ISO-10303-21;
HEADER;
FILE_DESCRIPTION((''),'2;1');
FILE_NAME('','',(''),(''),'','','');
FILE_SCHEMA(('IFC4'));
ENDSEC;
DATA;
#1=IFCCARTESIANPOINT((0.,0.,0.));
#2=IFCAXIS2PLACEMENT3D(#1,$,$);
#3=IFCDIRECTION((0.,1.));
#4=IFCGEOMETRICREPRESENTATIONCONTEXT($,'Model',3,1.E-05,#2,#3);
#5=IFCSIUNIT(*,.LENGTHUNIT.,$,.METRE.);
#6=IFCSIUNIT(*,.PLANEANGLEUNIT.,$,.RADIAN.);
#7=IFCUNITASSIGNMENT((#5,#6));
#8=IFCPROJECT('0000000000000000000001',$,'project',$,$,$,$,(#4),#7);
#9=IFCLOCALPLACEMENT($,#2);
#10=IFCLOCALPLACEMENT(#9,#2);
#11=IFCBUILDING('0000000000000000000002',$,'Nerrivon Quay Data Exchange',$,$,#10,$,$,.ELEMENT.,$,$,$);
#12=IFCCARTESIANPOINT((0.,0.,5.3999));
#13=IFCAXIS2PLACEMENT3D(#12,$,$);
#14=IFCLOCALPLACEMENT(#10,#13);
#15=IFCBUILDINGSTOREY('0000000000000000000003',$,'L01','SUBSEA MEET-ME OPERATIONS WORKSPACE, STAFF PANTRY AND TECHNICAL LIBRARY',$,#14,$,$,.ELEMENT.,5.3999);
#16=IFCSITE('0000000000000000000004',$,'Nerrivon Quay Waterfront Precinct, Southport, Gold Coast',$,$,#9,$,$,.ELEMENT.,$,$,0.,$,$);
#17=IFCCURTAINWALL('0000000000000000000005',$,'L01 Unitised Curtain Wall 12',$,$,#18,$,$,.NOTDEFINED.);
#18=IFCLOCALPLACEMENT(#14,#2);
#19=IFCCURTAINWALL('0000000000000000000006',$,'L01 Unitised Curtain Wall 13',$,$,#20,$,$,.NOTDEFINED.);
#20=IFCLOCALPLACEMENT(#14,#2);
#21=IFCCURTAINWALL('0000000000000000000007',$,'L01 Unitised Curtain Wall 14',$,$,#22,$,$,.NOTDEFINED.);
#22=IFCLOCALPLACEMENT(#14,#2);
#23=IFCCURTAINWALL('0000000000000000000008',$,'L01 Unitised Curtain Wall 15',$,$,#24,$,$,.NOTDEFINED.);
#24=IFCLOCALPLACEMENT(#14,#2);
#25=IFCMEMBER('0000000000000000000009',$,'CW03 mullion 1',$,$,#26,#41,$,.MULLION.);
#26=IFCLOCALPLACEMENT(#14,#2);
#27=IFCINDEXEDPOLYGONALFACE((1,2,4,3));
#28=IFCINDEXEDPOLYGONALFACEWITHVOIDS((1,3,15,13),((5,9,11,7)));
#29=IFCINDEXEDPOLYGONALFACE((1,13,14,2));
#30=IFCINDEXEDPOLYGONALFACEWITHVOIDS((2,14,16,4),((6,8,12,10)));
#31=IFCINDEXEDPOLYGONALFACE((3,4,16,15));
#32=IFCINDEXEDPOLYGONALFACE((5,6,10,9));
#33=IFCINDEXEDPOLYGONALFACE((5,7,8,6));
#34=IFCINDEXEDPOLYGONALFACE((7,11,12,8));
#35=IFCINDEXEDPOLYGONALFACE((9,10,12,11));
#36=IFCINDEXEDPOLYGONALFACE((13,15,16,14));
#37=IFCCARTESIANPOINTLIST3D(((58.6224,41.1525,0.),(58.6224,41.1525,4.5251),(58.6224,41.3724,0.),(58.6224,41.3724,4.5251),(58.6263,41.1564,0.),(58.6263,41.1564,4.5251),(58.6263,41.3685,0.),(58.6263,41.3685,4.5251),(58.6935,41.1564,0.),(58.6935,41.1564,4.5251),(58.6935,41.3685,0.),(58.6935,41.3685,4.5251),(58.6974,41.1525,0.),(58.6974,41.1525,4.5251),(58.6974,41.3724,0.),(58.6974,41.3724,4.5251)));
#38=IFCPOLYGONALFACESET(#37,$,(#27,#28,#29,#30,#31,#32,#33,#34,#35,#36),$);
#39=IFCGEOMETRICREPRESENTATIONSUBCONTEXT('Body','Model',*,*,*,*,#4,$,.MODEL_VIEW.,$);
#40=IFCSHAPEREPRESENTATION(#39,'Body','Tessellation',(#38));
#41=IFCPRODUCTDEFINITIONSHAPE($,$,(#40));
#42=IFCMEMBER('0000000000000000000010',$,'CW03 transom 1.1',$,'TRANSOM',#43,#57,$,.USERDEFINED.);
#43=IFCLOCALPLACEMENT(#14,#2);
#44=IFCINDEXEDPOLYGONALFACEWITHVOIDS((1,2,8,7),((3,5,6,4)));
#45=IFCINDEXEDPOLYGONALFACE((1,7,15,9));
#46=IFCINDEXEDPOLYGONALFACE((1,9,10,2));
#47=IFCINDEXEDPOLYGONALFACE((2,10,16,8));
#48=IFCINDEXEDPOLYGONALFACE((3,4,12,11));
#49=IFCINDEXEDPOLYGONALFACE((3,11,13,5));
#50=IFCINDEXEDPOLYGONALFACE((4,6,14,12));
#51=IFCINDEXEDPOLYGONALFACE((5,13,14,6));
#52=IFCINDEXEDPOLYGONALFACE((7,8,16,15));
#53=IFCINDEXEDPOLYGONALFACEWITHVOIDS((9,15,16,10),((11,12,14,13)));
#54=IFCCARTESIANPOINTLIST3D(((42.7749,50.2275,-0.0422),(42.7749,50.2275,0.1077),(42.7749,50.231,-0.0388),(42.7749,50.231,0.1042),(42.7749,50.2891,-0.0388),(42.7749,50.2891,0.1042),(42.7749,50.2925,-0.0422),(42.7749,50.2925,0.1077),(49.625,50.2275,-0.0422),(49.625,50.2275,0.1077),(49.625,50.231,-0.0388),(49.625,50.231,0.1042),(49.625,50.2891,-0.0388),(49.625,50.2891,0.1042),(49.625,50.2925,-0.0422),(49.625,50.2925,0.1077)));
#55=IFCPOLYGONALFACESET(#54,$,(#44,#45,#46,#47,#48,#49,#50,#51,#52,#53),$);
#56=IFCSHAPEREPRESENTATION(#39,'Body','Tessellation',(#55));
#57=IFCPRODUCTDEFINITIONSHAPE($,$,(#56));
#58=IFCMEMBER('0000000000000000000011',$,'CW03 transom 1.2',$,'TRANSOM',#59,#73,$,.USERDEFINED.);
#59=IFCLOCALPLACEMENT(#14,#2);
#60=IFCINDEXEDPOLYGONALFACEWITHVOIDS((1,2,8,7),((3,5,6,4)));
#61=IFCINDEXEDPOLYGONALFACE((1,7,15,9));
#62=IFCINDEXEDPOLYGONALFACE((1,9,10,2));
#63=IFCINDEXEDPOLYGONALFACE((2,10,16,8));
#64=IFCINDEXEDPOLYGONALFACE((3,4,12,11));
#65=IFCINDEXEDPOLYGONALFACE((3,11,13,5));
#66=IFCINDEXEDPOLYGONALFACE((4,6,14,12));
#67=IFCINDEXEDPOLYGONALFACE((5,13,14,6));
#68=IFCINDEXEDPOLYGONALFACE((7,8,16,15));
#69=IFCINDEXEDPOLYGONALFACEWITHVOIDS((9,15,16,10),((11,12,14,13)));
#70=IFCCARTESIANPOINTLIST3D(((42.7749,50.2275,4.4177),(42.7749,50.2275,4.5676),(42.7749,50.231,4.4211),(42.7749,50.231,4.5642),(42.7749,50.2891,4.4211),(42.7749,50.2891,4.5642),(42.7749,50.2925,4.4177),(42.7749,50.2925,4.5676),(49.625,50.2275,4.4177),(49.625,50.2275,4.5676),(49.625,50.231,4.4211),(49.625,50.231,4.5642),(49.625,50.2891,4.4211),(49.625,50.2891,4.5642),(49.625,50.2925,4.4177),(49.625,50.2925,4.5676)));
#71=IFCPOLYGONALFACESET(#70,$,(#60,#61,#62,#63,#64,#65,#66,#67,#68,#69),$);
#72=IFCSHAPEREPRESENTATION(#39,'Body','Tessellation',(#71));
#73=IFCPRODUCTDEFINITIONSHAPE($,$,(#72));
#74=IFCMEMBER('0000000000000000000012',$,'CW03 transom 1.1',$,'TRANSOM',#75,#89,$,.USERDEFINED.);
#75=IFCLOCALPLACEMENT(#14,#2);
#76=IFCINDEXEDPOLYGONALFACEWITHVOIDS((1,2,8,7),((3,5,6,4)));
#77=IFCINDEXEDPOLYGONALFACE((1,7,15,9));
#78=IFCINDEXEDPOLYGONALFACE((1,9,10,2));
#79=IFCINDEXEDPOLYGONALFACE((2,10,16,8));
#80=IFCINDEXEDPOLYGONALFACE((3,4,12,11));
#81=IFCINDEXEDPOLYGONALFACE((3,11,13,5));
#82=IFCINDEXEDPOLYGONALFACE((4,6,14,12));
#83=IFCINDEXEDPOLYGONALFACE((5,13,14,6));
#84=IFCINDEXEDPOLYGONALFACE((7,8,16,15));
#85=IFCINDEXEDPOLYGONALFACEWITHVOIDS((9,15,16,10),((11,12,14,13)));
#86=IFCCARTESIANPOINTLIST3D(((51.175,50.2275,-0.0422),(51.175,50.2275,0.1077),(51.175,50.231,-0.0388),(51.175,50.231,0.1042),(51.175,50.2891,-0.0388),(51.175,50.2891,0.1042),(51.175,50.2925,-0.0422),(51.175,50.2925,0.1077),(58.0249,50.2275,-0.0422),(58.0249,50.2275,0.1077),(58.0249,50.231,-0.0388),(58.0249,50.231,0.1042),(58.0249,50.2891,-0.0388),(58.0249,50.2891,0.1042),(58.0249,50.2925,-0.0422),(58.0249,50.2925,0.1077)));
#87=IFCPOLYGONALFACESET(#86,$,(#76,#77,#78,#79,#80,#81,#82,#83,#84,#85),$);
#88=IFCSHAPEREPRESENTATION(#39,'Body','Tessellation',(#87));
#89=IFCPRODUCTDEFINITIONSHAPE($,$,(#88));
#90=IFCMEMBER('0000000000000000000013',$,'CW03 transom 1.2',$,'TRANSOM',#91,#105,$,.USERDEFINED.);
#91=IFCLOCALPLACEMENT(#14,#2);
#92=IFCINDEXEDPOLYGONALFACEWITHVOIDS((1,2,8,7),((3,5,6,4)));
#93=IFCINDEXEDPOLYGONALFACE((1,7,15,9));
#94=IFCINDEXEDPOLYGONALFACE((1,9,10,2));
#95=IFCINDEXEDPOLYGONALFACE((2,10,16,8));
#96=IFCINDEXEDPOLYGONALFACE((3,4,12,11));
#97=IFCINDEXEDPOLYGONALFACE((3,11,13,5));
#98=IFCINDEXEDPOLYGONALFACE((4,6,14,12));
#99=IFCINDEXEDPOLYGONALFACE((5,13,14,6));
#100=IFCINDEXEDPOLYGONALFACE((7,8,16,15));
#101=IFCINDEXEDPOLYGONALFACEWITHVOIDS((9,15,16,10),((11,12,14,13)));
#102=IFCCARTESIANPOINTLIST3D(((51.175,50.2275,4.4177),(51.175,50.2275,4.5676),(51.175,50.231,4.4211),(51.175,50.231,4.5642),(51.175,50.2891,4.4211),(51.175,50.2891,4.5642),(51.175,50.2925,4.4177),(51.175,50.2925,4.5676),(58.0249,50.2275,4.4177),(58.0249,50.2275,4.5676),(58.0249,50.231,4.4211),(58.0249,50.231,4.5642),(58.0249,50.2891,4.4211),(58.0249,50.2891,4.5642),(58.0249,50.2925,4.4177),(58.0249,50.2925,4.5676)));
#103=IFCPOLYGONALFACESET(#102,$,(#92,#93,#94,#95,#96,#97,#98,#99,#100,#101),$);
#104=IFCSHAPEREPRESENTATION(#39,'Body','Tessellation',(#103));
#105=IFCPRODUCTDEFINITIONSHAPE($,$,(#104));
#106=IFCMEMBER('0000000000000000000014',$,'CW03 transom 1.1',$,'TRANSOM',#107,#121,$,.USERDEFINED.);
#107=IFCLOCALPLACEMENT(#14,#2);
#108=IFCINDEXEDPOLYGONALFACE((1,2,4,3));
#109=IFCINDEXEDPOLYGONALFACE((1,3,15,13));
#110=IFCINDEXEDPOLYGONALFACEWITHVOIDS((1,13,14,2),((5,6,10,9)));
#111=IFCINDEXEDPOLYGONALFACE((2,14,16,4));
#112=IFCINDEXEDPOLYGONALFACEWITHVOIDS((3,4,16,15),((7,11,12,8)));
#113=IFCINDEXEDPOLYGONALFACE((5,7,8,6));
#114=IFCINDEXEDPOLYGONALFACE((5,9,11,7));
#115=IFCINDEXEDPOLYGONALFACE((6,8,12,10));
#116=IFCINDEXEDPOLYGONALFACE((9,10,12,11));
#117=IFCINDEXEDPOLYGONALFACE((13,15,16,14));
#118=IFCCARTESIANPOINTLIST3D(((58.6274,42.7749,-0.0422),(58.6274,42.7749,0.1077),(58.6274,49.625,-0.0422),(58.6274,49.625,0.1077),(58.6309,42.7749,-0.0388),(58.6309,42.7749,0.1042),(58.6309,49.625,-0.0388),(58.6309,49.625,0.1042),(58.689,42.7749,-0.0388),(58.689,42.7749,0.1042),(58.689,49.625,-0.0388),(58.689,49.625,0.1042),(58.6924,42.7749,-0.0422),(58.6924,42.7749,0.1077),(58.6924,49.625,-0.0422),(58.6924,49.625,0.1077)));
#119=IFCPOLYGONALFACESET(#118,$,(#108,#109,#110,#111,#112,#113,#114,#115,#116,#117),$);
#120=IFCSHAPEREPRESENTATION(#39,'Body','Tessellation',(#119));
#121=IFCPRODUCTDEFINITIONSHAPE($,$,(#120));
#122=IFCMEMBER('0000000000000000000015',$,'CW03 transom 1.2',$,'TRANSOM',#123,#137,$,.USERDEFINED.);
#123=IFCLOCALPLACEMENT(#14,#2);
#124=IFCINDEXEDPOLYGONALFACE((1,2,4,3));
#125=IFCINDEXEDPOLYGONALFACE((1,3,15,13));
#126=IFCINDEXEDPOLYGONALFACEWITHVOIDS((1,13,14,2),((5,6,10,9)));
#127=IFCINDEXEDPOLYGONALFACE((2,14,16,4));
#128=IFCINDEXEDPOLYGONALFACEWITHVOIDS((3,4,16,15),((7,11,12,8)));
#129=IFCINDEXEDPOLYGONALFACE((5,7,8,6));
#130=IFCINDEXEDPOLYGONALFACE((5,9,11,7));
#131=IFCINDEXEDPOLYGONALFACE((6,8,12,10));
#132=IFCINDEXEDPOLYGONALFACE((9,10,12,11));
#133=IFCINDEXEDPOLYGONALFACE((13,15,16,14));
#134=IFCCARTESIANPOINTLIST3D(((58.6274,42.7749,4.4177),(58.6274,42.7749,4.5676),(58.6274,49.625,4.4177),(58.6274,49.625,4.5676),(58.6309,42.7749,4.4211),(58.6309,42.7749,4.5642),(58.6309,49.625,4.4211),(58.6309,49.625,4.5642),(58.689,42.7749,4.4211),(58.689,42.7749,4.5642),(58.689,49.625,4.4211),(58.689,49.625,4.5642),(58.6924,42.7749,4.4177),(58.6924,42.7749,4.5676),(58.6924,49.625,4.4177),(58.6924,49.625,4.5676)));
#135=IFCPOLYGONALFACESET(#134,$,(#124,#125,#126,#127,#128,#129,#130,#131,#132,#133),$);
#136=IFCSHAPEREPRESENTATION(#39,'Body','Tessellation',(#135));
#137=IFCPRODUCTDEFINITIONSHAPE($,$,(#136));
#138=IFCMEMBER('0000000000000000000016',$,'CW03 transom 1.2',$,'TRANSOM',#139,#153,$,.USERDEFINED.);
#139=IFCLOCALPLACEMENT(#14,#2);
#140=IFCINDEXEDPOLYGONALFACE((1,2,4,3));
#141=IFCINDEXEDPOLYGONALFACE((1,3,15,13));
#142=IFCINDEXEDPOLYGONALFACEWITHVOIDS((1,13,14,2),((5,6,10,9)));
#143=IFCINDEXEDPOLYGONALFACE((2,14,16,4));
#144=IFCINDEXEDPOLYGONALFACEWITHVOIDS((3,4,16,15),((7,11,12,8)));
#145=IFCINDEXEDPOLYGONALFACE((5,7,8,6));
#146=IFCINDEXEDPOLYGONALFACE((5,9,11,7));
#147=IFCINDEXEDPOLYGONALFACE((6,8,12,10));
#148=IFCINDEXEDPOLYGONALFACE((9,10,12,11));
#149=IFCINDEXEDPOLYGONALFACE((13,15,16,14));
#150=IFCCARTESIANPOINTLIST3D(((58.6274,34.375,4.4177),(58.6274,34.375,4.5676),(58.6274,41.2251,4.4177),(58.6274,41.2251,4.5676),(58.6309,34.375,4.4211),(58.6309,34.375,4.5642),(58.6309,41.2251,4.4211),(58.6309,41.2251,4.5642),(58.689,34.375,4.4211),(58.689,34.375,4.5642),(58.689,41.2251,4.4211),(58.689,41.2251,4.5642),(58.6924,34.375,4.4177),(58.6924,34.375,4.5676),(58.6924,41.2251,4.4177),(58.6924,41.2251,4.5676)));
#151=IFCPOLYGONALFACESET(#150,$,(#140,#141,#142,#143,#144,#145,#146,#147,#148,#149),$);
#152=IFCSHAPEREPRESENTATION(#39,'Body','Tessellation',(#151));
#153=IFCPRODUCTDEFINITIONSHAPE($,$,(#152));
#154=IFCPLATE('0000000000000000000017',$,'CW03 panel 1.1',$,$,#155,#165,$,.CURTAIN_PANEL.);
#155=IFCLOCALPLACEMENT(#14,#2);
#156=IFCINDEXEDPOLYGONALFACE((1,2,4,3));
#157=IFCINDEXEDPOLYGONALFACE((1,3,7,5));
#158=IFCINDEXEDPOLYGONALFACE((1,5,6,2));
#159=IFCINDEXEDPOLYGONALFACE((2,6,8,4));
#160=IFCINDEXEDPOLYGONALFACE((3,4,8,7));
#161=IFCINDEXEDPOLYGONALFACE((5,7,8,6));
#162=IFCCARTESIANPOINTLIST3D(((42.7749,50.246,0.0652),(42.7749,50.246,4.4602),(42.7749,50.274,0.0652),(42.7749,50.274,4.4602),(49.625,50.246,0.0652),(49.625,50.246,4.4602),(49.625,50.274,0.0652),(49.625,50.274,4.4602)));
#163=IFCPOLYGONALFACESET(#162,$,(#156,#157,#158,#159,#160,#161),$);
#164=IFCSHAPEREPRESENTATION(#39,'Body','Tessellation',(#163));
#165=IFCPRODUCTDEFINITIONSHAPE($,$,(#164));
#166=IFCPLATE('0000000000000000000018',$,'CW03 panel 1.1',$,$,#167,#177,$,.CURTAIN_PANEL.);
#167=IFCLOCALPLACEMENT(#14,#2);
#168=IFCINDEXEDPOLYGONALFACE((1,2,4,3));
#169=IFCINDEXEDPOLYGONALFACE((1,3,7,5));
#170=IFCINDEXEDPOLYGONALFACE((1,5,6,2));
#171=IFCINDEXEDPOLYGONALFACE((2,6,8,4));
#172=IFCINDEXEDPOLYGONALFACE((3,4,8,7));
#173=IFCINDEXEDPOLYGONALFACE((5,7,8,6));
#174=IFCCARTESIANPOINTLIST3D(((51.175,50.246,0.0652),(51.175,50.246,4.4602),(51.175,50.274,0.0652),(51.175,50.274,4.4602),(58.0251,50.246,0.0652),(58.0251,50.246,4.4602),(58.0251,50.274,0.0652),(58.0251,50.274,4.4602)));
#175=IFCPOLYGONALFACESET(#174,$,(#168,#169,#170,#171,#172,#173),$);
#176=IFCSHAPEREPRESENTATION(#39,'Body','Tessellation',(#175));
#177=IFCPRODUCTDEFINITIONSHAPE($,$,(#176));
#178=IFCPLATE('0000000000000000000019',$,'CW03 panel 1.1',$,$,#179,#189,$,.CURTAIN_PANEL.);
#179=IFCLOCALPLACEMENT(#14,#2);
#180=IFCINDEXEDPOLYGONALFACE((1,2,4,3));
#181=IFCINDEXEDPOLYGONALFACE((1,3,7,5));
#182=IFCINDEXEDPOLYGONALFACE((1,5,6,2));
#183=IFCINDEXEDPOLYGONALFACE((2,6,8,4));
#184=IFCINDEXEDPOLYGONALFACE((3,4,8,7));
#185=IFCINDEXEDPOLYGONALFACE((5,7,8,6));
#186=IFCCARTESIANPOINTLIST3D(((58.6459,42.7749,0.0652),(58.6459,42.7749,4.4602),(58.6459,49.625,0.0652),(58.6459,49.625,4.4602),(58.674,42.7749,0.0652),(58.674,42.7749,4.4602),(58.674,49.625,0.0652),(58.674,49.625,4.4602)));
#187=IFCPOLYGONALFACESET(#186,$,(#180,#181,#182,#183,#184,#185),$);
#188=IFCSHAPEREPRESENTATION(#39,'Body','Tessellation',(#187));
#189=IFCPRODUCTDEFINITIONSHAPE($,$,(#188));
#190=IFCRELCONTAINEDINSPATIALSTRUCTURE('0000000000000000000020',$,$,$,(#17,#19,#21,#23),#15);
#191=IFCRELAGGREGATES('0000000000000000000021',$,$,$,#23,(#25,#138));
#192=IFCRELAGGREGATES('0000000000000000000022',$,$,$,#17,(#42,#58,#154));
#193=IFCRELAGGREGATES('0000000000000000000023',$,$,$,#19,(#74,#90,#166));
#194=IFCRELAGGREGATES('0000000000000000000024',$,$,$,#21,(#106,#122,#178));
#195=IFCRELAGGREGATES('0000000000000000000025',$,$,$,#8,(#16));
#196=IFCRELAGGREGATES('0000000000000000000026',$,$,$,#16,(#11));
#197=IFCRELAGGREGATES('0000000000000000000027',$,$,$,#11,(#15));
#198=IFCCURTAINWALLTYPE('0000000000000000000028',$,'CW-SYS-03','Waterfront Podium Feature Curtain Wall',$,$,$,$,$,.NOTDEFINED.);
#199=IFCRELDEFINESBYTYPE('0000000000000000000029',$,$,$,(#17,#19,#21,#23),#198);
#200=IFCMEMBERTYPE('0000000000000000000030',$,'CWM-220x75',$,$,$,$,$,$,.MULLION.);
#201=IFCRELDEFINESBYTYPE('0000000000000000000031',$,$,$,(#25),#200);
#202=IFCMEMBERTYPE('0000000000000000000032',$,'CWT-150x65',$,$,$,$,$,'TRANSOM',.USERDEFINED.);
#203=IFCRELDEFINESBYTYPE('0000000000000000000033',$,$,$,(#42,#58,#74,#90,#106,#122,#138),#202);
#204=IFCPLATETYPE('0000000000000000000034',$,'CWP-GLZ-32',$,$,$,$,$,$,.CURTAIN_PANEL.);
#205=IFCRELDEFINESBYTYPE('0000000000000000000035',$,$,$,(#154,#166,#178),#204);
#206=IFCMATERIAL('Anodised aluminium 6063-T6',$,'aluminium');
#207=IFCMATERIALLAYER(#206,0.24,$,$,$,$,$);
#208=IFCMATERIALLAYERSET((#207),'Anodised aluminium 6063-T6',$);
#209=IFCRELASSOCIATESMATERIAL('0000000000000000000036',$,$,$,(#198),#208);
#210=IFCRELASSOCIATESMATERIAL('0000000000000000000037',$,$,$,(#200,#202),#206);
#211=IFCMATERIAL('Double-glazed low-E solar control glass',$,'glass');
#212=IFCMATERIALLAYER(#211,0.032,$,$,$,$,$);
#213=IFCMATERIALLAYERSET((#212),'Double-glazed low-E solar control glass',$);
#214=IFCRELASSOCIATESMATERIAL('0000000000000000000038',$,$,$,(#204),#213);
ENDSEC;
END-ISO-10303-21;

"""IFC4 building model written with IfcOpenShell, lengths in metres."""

from ifc_helpers import new_model, si_unit, direction, frame, origin, origin_2d, place, context, subcontext, project, spatial, rectangle, hollow_rectangle, extrude, material, layer, layer_set, material_profile, profile_set, type_object, element, aggregate, save


model = new_model("IFC4")

# Units and contexts
model_context = context("Model", 3, precision=1e-05, world=origin(), true_north=direction((0.0, 1.0)))
body_context = subcontext(model_context, "Body", "Model", "MODEL_VIEW")
ifc_project = project(units=[si_unit("LENGTHUNIT", "METRE"), si_unit("PLANEANGLEUNIT", "RADIAN")], contexts=[model_context])

# Site, building, storey
site_placement = place(None, origin())
site = spatial("IfcSite", under=ifc_project, at=site_placement, Name="Nerrivon Quay Waterfront Precinct, Southport, Gold Coast", CompositionType="ELEMENT", RefElevation=0.0)
building_placement = place(site_placement, origin())
building = spatial("IfcBuilding", under=site, at=building_placement, Name="Nerrivon Quay Data Exchange", CompositionType="ELEMENT")
storey_placement = place(building_placement, frame((0.0, 0.0, 5.3999)))
storey = spatial("IfcBuildingStorey", under=building, at=storey_placement, Name="L01", Description="SUBSEA MEET-ME OPERATIONS WORKSPACE, STAFF PANTRY AND TECHNICAL LIBRARY", CompositionType="ELEMENT", Elevation=5.3999)

# Curtain walls
ifc_material_1 = material(Name="Anodised aluminium 6063-T6", Category="aluminium")
ifc_layer_1 = layer(ifc_material_1, 0.24)
ifc_layer_set_1 = layer_set([ifc_layer_1], Name="Anodised aluminium 6063-T6")
curtain_wall_type = type_object("IfcCurtainWallType", Name="CW-SYS-03", Description="Waterfront Podium Feature Curtain Wall", PredefinedType="NOTDEFINED", material=ifc_layer_set_1)
curtain_wall_1_placement = place(storey_placement, origin())
curtain_wall_1 = element("IfcCurtainWall", 1, at=curtain_wall_1_placement, inside=storey, type_object=curtain_wall_type, Name="L01 Unitised Curtain Wall 12", PredefinedType="NOTDEFINED")
ifc_material_profile_1 = material_profile(ifc_material_1, hollow_rectangle(XDim=0.075, YDim=0.22, WallThickness=0.0039, at=origin_2d()), Name="ALU-MULL-220x75")
ifc_profile_set_1 = profile_set([ifc_material_profile_1], Name="Anodised aluminium 6063-T6")
member_type_1 = type_object("IfcMemberType", Name="CWM-220x75", PredefinedType="MULLION", material=ifc_profile_set_1)
curtain_wall_2_placement = place(storey_placement, origin())
curtain_wall_2 = element("IfcCurtainWall", 2, at=curtain_wall_2_placement, inside=storey, type_object=curtain_wall_type, Name="L01 Unitised Curtain Wall 13", PredefinedType="NOTDEFINED")
curtain_wall_3_placement = place(storey_placement, origin())
curtain_wall_3 = element("IfcCurtainWall", 3, at=curtain_wall_3_placement, inside=storey, type_object=curtain_wall_type, Name="L01 Unitised Curtain Wall 14", PredefinedType="NOTDEFINED")

# Curtain wall, member
curtain_wall_4_placement = place(storey_placement, origin())
curtain_wall_4 = element("IfcCurtainWall", 4, at=curtain_wall_4_placement, inside=storey, type_object=curtain_wall_type, Name="L01 Unitised Curtain Wall 15", PredefinedType="NOTDEFINED")
member_1_placement = place(storey_placement, frame((58.6599, 41.2625, 0.0), z_axis=(0.0, 0.0, 1.0), x_axis=(1.0, 0.0, 0.0)))
member_1 = element("IfcMember", 5, at=member_1_placement, type_object=member_type_1, Name="CW03 mullion 1", PredefinedType="MULLION", context=body_context, shape_type="SweptSolid", body=[
    extrude(hollow_rectangle(XDim=0.075, YDim=0.22, WallThickness=0.0039, at=origin_2d()), origin(), (0.0, 0.0, 1.0), 4.5251),
])

# Members
ifc_material_profile_2 = material_profile(ifc_material_1, hollow_rectangle(XDim=0.0649, YDim=0.1499, WallThickness=0.0034, at=origin_2d()), Name="ALU-TRAN-150x65")
ifc_profile_set_2 = profile_set([ifc_material_profile_2], Name="Anodised aluminium 6063-T6")
member_type_2 = type_object("IfcMemberType", Name="CWT-150x65", ElementType="TRANSOM", PredefinedType="USERDEFINED", material=ifc_profile_set_2)
member_2_placement = place(storey_placement, frame((42.7749, 50.26, 0.0327), z_axis=(1.0, 0.0, 0.0), x_axis=(0.0, 1.0, 0.0)))
member_2 = element("IfcMember", 6, at=member_2_placement, type_object=member_type_2, Name="CW03 transom 1.1", ObjectType="TRANSOM", PredefinedType="USERDEFINED", context=body_context, shape_type="SweptSolid", body=[
    extrude(hollow_rectangle(XDim=0.0649, YDim=0.1499, WallThickness=0.0034, at=origin_2d()), origin(), (0.0, 0.0, 1.0), 6.8501),
])
member_3_placement = place(storey_placement, frame((42.7749, 50.26, 4.4927), z_axis=(1.0, 0.0, 0.0), x_axis=(0.0, 1.0, 0.0)))
member_3 = element("IfcMember", 7, at=member_3_placement, type_object=member_type_2, Name="CW03 transom 1.2", ObjectType="TRANSOM", PredefinedType="USERDEFINED", context=body_context, shape_type="SweptSolid", body=[
    extrude(hollow_rectangle(XDim=0.0649, YDim=0.1499, WallThickness=0.0034, at=origin_2d()), origin(), (0.0, 0.0, 1.0), 6.8501),
])
member_4_placement = place(storey_placement, frame((51.175, 50.26, 0.0327), z_axis=(1.0, 0.0, 0.0), x_axis=(0.0, 1.0, 0.0)))
member_4 = element("IfcMember", 8, at=member_4_placement, type_object=member_type_2, Name="CW03 transom 1.1", ObjectType="TRANSOM", PredefinedType="USERDEFINED", context=body_context, shape_type="SweptSolid", body=[
    extrude(hollow_rectangle(XDim=0.0649, YDim=0.1499, WallThickness=0.0034, at=origin_2d()), origin(), (0.0, 0.0, 1.0), 6.8499),
])
member_5_placement = place(storey_placement, frame((51.175, 50.26, 4.4927), z_axis=(1.0, 0.0, 0.0), x_axis=(0.0, 1.0, 0.0)))
member_5 = element("IfcMember", 9, at=member_5_placement, type_object=member_type_2, Name="CW03 transom 1.2", ObjectType="TRANSOM", PredefinedType="USERDEFINED", context=body_context, shape_type="SweptSolid", body=[
    extrude(hollow_rectangle(XDim=0.0649, YDim=0.1499, WallThickness=0.0034, at=origin_2d()), origin(), (0.0, 0.0, 1.0), 6.8499),
])
member_6_placement = place(storey_placement, frame((58.6599, 49.625, 0.0327), z_axis=(0.0, -1.0, 0.0), x_axis=(1.0, 0.0, 0.0)))
member_6 = element("IfcMember", 10, at=member_6_placement, type_object=member_type_2, Name="CW03 transom 1.1", ObjectType="TRANSOM", PredefinedType="USERDEFINED", context=body_context, shape_type="SweptSolid", body=[
    extrude(hollow_rectangle(XDim=0.0649, YDim=0.1499, WallThickness=0.0034, at=origin_2d()), origin(), (0.0, 0.0, 1.0), 6.8501),
])
member_7_placement = place(storey_placement, frame((58.6599, 49.625, 4.4927), z_axis=(0.0, -1.0, 0.0), x_axis=(1.0, 0.0, 0.0)))
member_7 = element("IfcMember", 11, at=member_7_placement, type_object=member_type_2, Name="CW03 transom 1.2", ObjectType="TRANSOM", PredefinedType="USERDEFINED", context=body_context, shape_type="SweptSolid", body=[
    extrude(hollow_rectangle(XDim=0.0649, YDim=0.1499, WallThickness=0.0034, at=origin_2d()), origin(), (0.0, 0.0, 1.0), 6.8501),
])
member_8_placement = place(storey_placement, frame((58.6599, 41.2251, 4.4927), z_axis=(0.0, -1.0, 0.0), x_axis=(1.0, 0.0, 0.0)))
member_8 = element("IfcMember", 12, at=member_8_placement, type_object=member_type_2, Name="CW03 transom 1.2", ObjectType="TRANSOM", PredefinedType="USERDEFINED", context=body_context, shape_type="SweptSolid", body=[
    extrude(hollow_rectangle(XDim=0.0649, YDim=0.1499, WallThickness=0.0034, at=origin_2d()), origin(), (0.0, 0.0, 1.0), 6.8501),
])
aggregate(curtain_wall_4, [member_1, member_8])

# Plates
ifc_material_2 = material(Name="Double-glazed low-E solar control glass", Category="glass")
ifc_layer_2 = layer(ifc_material_2, 0.032)
ifc_layer_set_2 = layer_set([ifc_layer_2], Name="Double-glazed low-E solar control glass")
plate_type = type_object("IfcPlateType", Name="CWP-GLZ-32", PredefinedType="CURTAIN_PANEL", material=ifc_layer_set_2)
plate_1_placement = place(storey_placement, frame((46.2, 50.26, 0.0652), z_axis=(0.0, 0.0, 1.0), x_axis=(1.0, 0.0, 0.0)))
plate_1 = element("IfcPlate", 13, at=plate_1_placement, type_object=plate_type, Name="CW03 panel 1.1", PredefinedType="CURTAIN_PANEL", context=body_context, shape_type="SweptSolid", body=[
    extrude(rectangle(XDim=6.8501, YDim=0.0281, at=origin_2d()), origin(), (0.0, 0.0, 1.0), 4.395),
])
aggregate(curtain_wall_1, [member_2, member_3, plate_1])
plate_2_placement = place(storey_placement, frame((54.6001, 50.26, 0.0652), z_axis=(0.0, 0.0, 1.0), x_axis=(1.0, 0.0, 0.0)))
plate_2 = element("IfcPlate", 14, at=plate_2_placement, type_object=plate_type, Name="CW03 panel 1.1", PredefinedType="CURTAIN_PANEL", context=body_context, shape_type="SweptSolid", body=[
    extrude(rectangle(XDim=6.8501, YDim=0.0281, at=origin_2d()), origin(), (0.0, 0.0, 1.0), 4.395),
])
aggregate(curtain_wall_2, [member_4, member_5, plate_2])
plate_3_placement = place(storey_placement, frame((58.6599, 46.2, 0.0652), z_axis=(0.0, 0.0, 1.0), x_axis=(0.0, -1.0, 0.0)))
plate_3 = element("IfcPlate", 15, at=plate_3_placement, type_object=plate_type, Name="CW03 panel 1.1", PredefinedType="CURTAIN_PANEL", context=body_context, shape_type="SweptSolid", body=[
    extrude(rectangle(XDim=6.8501, YDim=0.0281, at=origin_2d()), origin(), (0.0, 0.0, 1.0), 4.395),
])
aggregate(curtain_wall_3, [member_6, member_7, plate_3])

save(model, "model.ifc")
